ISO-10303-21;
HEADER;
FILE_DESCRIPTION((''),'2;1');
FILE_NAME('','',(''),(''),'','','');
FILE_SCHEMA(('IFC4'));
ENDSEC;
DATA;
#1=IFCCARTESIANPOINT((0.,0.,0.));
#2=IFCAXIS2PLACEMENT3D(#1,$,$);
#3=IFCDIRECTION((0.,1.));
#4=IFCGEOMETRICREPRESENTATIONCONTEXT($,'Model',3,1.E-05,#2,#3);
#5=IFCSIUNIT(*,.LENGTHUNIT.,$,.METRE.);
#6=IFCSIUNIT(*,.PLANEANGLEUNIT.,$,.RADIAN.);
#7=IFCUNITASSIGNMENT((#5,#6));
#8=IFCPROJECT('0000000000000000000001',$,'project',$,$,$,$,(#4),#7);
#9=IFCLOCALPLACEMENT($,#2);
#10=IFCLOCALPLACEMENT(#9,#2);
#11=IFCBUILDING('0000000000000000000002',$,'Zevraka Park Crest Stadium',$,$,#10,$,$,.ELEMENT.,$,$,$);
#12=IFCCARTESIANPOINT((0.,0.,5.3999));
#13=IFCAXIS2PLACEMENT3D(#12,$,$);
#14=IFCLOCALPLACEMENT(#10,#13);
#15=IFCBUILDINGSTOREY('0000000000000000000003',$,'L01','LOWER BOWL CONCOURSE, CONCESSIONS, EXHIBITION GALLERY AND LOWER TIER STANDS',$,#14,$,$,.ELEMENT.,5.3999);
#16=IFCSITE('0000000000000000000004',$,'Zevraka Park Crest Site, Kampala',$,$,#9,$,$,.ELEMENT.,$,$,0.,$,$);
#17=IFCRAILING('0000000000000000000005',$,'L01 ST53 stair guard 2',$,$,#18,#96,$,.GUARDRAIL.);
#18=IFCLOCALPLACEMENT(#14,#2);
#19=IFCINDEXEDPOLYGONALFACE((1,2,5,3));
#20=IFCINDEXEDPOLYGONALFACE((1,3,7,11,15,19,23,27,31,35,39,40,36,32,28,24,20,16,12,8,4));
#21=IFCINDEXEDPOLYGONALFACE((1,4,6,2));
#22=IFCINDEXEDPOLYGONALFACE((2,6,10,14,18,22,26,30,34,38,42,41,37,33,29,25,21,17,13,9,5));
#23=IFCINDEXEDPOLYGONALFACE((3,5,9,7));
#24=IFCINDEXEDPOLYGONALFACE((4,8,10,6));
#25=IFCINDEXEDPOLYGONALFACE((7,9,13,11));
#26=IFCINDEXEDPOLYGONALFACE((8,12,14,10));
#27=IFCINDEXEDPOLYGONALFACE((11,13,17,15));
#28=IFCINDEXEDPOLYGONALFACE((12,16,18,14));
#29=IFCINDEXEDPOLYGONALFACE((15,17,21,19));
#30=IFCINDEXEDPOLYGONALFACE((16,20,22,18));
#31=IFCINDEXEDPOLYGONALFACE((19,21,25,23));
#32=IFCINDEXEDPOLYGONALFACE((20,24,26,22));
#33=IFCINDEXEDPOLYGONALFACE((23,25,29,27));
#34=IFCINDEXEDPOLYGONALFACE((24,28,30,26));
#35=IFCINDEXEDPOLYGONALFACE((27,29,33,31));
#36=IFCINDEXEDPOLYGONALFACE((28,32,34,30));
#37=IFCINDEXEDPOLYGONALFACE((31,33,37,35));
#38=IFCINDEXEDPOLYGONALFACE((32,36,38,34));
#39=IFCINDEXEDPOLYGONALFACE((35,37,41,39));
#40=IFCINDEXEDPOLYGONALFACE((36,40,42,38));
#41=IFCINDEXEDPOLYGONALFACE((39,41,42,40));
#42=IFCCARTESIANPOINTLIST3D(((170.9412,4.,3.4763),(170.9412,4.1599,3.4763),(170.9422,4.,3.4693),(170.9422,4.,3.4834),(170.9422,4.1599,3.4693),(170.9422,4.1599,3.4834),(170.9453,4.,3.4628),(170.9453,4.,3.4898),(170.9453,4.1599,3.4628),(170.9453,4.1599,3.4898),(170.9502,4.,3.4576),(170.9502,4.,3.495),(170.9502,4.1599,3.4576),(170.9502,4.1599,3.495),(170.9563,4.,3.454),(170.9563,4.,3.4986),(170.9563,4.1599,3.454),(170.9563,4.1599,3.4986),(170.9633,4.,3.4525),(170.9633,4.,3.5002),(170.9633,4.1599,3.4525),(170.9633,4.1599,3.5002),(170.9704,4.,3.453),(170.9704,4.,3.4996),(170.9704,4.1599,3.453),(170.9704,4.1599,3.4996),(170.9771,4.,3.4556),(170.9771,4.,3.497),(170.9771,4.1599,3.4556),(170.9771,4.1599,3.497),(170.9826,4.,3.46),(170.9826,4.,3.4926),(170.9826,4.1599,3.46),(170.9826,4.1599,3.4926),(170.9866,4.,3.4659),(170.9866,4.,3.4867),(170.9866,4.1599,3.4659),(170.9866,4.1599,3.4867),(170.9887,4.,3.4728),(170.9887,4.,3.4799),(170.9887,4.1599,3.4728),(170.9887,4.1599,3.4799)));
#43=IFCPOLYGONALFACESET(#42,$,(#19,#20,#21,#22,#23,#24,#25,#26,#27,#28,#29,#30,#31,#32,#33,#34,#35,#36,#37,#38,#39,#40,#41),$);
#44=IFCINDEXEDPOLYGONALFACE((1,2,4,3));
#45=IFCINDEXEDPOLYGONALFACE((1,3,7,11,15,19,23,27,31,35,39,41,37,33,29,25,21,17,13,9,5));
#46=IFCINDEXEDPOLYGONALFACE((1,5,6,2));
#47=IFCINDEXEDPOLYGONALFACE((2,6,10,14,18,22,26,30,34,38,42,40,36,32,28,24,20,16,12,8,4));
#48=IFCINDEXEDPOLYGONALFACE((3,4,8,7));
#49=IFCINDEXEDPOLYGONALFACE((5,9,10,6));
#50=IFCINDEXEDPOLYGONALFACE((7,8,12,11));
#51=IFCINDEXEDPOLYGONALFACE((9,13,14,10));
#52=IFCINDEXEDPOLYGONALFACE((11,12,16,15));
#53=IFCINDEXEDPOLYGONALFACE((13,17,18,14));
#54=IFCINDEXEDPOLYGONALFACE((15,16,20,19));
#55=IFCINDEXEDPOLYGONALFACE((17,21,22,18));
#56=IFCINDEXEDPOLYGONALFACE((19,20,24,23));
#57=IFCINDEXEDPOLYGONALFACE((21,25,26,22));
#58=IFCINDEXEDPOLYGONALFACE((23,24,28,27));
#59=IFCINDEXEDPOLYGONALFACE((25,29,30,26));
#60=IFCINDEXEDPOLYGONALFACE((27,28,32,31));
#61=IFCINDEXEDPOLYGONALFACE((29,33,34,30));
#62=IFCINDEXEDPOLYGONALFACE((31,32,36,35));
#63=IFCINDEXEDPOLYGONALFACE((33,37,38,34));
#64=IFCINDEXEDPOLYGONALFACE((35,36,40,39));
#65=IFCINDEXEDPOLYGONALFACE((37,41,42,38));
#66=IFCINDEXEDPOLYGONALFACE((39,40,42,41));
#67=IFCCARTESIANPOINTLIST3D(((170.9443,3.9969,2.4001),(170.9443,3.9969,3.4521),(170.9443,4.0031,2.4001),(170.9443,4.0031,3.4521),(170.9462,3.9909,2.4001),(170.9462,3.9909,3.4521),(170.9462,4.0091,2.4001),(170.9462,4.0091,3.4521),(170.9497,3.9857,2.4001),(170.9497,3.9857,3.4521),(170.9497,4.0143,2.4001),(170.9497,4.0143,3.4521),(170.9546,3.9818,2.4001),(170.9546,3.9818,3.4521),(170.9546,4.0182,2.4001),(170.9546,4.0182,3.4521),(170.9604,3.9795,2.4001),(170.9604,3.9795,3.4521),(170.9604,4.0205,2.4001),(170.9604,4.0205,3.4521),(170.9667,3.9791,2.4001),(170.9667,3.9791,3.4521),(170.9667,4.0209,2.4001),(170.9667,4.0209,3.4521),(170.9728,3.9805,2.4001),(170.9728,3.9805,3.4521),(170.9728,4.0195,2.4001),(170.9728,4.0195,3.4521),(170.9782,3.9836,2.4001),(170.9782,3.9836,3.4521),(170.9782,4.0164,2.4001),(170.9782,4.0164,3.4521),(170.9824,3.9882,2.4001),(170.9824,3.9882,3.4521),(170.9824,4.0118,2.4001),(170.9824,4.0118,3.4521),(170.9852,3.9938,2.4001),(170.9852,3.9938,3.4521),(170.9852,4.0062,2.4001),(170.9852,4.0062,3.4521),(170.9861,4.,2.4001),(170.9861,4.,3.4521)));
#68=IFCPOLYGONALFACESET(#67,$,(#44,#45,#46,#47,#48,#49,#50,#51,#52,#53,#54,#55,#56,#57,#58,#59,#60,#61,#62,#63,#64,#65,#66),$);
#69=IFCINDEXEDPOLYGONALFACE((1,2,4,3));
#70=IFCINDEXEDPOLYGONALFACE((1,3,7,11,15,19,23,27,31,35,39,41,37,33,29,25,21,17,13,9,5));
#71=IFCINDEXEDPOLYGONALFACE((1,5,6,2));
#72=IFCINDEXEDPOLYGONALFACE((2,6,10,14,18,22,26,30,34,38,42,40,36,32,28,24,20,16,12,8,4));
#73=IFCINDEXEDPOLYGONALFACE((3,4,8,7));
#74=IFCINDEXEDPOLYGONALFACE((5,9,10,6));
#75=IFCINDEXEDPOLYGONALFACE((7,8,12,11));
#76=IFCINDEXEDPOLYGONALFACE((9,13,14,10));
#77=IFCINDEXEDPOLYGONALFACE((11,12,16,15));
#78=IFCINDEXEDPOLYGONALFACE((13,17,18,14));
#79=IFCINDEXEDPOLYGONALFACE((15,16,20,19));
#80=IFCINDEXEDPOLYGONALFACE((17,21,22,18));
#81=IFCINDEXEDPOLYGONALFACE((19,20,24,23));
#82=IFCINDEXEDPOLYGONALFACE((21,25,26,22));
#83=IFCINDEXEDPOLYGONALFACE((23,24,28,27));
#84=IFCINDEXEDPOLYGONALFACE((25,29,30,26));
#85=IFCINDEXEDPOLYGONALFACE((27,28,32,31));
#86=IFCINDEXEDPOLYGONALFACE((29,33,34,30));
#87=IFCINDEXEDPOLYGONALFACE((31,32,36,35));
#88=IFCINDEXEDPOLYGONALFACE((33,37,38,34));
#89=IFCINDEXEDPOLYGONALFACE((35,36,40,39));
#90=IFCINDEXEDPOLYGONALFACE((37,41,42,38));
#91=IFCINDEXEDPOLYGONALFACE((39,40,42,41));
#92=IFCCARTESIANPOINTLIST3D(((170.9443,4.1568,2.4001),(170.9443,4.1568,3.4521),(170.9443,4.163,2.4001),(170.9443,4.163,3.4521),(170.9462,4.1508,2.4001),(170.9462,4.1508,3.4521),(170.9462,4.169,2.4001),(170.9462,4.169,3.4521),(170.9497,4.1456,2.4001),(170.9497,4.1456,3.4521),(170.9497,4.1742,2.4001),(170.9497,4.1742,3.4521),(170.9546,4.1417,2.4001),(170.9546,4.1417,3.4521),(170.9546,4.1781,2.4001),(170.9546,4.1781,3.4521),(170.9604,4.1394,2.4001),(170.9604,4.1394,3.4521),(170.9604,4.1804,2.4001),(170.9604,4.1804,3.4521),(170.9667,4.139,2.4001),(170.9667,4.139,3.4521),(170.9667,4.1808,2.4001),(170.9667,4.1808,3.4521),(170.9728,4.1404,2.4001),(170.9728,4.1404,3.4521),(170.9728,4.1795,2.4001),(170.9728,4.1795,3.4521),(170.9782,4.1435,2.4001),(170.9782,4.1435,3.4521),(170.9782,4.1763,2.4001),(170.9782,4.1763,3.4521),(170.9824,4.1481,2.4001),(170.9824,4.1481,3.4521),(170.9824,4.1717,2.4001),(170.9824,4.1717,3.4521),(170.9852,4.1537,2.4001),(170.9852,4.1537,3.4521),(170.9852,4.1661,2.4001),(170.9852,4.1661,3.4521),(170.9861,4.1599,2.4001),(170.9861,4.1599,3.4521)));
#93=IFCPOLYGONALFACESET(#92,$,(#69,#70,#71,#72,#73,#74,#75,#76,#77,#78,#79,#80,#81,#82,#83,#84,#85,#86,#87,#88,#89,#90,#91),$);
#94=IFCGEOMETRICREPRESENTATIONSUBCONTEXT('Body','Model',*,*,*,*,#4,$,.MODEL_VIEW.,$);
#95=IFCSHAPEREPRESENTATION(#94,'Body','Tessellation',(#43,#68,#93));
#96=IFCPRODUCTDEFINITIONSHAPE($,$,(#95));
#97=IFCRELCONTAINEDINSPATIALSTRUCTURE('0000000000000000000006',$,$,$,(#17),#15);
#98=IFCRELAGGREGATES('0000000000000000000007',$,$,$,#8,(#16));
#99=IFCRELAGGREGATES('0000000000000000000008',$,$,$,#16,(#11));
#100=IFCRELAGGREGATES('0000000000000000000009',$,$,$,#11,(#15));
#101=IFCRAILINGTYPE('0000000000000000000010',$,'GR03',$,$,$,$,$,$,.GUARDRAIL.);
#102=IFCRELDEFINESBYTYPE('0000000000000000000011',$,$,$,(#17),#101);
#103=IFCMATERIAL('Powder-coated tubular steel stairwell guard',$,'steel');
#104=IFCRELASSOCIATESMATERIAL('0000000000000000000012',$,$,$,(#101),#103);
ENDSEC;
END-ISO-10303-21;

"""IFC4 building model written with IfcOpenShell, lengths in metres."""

from ifc_helpers import new_model, si_unit, direction, frame, origin, origin_2d, place, context, subcontext, project, spatial, circle, extrude, material, type_object, element, save


model = new_model("IFC4")

# Units and contexts
model_context = context("Model", 3, precision=1e-05, world=origin(), true_north=direction((0.0, 1.0)))
body_context = subcontext(model_context, "Body", "Model", "MODEL_VIEW")
ifc_project = project(units=[si_unit("LENGTHUNIT", "METRE"), si_unit("PLANEANGLEUNIT", "RADIAN")], contexts=[model_context])

# Site, building, storey
site_placement = place(None, origin())
site = spatial("IfcSite", under=ifc_project, at=site_placement, Name="Zevraka Park Crest Site, Kampala", CompositionType="ELEMENT", RefElevation=0.0)
building_placement = place(site_placement, origin())
building = spatial("IfcBuilding", under=site, at=building_placement, Name="Zevraka Park Crest Stadium", CompositionType="ELEMENT")
storey_placement = place(building_placement, frame((0.0, 0.0, 5.3999)))
storey = spatial("IfcBuildingStorey", under=building, at=storey_placement, Name="L01", Description="LOWER BOWL CONCOURSE, CONCESSIONS, EXHIBITION GALLERY AND LOWER TIER STANDS", CompositionType="ELEMENT", Elevation=5.3999)

# Railing
ifc_material_1 = material(Name="Powder-coated tubular steel stairwell guard", Category="steel")
railing_type_1 = type_object("IfcRailingType", Name="GR03", PredefinedType="GUARDRAIL", material=ifc_material_1)
railing_1_placement = place(storey_placement, frame((170.9651, 4.0, 2.4001)))
element("IfcRailing", 1, at=railing_1_placement, inside=storey, type_object=railing_type_1, Name="L01 ST53 stair guard 2", PredefinedType="GUARDRAIL", context=body_context, shape_type="SweptSolid", body=[
    extrude(circle(Radius=0.0239, at=origin_2d()), frame((0.0, 0.0, 1.0762), z_axis=(0.0, 1.0, 0.0), x_axis=(-1.0, 0.0, 0.0)), (0.0, 0.0, 1.0), 0.1599),
    extrude(circle(Radius=0.021, at=origin_2d()), origin(), (0.0, 0.0, 1.0), 1.052),
    extrude(circle(Radius=0.021, at=origin_2d()), frame((0.0, 0.1599, 0.0)), (0.0, 0.0, 1.0), 1.052),
])

save(model, "model.ifc")
